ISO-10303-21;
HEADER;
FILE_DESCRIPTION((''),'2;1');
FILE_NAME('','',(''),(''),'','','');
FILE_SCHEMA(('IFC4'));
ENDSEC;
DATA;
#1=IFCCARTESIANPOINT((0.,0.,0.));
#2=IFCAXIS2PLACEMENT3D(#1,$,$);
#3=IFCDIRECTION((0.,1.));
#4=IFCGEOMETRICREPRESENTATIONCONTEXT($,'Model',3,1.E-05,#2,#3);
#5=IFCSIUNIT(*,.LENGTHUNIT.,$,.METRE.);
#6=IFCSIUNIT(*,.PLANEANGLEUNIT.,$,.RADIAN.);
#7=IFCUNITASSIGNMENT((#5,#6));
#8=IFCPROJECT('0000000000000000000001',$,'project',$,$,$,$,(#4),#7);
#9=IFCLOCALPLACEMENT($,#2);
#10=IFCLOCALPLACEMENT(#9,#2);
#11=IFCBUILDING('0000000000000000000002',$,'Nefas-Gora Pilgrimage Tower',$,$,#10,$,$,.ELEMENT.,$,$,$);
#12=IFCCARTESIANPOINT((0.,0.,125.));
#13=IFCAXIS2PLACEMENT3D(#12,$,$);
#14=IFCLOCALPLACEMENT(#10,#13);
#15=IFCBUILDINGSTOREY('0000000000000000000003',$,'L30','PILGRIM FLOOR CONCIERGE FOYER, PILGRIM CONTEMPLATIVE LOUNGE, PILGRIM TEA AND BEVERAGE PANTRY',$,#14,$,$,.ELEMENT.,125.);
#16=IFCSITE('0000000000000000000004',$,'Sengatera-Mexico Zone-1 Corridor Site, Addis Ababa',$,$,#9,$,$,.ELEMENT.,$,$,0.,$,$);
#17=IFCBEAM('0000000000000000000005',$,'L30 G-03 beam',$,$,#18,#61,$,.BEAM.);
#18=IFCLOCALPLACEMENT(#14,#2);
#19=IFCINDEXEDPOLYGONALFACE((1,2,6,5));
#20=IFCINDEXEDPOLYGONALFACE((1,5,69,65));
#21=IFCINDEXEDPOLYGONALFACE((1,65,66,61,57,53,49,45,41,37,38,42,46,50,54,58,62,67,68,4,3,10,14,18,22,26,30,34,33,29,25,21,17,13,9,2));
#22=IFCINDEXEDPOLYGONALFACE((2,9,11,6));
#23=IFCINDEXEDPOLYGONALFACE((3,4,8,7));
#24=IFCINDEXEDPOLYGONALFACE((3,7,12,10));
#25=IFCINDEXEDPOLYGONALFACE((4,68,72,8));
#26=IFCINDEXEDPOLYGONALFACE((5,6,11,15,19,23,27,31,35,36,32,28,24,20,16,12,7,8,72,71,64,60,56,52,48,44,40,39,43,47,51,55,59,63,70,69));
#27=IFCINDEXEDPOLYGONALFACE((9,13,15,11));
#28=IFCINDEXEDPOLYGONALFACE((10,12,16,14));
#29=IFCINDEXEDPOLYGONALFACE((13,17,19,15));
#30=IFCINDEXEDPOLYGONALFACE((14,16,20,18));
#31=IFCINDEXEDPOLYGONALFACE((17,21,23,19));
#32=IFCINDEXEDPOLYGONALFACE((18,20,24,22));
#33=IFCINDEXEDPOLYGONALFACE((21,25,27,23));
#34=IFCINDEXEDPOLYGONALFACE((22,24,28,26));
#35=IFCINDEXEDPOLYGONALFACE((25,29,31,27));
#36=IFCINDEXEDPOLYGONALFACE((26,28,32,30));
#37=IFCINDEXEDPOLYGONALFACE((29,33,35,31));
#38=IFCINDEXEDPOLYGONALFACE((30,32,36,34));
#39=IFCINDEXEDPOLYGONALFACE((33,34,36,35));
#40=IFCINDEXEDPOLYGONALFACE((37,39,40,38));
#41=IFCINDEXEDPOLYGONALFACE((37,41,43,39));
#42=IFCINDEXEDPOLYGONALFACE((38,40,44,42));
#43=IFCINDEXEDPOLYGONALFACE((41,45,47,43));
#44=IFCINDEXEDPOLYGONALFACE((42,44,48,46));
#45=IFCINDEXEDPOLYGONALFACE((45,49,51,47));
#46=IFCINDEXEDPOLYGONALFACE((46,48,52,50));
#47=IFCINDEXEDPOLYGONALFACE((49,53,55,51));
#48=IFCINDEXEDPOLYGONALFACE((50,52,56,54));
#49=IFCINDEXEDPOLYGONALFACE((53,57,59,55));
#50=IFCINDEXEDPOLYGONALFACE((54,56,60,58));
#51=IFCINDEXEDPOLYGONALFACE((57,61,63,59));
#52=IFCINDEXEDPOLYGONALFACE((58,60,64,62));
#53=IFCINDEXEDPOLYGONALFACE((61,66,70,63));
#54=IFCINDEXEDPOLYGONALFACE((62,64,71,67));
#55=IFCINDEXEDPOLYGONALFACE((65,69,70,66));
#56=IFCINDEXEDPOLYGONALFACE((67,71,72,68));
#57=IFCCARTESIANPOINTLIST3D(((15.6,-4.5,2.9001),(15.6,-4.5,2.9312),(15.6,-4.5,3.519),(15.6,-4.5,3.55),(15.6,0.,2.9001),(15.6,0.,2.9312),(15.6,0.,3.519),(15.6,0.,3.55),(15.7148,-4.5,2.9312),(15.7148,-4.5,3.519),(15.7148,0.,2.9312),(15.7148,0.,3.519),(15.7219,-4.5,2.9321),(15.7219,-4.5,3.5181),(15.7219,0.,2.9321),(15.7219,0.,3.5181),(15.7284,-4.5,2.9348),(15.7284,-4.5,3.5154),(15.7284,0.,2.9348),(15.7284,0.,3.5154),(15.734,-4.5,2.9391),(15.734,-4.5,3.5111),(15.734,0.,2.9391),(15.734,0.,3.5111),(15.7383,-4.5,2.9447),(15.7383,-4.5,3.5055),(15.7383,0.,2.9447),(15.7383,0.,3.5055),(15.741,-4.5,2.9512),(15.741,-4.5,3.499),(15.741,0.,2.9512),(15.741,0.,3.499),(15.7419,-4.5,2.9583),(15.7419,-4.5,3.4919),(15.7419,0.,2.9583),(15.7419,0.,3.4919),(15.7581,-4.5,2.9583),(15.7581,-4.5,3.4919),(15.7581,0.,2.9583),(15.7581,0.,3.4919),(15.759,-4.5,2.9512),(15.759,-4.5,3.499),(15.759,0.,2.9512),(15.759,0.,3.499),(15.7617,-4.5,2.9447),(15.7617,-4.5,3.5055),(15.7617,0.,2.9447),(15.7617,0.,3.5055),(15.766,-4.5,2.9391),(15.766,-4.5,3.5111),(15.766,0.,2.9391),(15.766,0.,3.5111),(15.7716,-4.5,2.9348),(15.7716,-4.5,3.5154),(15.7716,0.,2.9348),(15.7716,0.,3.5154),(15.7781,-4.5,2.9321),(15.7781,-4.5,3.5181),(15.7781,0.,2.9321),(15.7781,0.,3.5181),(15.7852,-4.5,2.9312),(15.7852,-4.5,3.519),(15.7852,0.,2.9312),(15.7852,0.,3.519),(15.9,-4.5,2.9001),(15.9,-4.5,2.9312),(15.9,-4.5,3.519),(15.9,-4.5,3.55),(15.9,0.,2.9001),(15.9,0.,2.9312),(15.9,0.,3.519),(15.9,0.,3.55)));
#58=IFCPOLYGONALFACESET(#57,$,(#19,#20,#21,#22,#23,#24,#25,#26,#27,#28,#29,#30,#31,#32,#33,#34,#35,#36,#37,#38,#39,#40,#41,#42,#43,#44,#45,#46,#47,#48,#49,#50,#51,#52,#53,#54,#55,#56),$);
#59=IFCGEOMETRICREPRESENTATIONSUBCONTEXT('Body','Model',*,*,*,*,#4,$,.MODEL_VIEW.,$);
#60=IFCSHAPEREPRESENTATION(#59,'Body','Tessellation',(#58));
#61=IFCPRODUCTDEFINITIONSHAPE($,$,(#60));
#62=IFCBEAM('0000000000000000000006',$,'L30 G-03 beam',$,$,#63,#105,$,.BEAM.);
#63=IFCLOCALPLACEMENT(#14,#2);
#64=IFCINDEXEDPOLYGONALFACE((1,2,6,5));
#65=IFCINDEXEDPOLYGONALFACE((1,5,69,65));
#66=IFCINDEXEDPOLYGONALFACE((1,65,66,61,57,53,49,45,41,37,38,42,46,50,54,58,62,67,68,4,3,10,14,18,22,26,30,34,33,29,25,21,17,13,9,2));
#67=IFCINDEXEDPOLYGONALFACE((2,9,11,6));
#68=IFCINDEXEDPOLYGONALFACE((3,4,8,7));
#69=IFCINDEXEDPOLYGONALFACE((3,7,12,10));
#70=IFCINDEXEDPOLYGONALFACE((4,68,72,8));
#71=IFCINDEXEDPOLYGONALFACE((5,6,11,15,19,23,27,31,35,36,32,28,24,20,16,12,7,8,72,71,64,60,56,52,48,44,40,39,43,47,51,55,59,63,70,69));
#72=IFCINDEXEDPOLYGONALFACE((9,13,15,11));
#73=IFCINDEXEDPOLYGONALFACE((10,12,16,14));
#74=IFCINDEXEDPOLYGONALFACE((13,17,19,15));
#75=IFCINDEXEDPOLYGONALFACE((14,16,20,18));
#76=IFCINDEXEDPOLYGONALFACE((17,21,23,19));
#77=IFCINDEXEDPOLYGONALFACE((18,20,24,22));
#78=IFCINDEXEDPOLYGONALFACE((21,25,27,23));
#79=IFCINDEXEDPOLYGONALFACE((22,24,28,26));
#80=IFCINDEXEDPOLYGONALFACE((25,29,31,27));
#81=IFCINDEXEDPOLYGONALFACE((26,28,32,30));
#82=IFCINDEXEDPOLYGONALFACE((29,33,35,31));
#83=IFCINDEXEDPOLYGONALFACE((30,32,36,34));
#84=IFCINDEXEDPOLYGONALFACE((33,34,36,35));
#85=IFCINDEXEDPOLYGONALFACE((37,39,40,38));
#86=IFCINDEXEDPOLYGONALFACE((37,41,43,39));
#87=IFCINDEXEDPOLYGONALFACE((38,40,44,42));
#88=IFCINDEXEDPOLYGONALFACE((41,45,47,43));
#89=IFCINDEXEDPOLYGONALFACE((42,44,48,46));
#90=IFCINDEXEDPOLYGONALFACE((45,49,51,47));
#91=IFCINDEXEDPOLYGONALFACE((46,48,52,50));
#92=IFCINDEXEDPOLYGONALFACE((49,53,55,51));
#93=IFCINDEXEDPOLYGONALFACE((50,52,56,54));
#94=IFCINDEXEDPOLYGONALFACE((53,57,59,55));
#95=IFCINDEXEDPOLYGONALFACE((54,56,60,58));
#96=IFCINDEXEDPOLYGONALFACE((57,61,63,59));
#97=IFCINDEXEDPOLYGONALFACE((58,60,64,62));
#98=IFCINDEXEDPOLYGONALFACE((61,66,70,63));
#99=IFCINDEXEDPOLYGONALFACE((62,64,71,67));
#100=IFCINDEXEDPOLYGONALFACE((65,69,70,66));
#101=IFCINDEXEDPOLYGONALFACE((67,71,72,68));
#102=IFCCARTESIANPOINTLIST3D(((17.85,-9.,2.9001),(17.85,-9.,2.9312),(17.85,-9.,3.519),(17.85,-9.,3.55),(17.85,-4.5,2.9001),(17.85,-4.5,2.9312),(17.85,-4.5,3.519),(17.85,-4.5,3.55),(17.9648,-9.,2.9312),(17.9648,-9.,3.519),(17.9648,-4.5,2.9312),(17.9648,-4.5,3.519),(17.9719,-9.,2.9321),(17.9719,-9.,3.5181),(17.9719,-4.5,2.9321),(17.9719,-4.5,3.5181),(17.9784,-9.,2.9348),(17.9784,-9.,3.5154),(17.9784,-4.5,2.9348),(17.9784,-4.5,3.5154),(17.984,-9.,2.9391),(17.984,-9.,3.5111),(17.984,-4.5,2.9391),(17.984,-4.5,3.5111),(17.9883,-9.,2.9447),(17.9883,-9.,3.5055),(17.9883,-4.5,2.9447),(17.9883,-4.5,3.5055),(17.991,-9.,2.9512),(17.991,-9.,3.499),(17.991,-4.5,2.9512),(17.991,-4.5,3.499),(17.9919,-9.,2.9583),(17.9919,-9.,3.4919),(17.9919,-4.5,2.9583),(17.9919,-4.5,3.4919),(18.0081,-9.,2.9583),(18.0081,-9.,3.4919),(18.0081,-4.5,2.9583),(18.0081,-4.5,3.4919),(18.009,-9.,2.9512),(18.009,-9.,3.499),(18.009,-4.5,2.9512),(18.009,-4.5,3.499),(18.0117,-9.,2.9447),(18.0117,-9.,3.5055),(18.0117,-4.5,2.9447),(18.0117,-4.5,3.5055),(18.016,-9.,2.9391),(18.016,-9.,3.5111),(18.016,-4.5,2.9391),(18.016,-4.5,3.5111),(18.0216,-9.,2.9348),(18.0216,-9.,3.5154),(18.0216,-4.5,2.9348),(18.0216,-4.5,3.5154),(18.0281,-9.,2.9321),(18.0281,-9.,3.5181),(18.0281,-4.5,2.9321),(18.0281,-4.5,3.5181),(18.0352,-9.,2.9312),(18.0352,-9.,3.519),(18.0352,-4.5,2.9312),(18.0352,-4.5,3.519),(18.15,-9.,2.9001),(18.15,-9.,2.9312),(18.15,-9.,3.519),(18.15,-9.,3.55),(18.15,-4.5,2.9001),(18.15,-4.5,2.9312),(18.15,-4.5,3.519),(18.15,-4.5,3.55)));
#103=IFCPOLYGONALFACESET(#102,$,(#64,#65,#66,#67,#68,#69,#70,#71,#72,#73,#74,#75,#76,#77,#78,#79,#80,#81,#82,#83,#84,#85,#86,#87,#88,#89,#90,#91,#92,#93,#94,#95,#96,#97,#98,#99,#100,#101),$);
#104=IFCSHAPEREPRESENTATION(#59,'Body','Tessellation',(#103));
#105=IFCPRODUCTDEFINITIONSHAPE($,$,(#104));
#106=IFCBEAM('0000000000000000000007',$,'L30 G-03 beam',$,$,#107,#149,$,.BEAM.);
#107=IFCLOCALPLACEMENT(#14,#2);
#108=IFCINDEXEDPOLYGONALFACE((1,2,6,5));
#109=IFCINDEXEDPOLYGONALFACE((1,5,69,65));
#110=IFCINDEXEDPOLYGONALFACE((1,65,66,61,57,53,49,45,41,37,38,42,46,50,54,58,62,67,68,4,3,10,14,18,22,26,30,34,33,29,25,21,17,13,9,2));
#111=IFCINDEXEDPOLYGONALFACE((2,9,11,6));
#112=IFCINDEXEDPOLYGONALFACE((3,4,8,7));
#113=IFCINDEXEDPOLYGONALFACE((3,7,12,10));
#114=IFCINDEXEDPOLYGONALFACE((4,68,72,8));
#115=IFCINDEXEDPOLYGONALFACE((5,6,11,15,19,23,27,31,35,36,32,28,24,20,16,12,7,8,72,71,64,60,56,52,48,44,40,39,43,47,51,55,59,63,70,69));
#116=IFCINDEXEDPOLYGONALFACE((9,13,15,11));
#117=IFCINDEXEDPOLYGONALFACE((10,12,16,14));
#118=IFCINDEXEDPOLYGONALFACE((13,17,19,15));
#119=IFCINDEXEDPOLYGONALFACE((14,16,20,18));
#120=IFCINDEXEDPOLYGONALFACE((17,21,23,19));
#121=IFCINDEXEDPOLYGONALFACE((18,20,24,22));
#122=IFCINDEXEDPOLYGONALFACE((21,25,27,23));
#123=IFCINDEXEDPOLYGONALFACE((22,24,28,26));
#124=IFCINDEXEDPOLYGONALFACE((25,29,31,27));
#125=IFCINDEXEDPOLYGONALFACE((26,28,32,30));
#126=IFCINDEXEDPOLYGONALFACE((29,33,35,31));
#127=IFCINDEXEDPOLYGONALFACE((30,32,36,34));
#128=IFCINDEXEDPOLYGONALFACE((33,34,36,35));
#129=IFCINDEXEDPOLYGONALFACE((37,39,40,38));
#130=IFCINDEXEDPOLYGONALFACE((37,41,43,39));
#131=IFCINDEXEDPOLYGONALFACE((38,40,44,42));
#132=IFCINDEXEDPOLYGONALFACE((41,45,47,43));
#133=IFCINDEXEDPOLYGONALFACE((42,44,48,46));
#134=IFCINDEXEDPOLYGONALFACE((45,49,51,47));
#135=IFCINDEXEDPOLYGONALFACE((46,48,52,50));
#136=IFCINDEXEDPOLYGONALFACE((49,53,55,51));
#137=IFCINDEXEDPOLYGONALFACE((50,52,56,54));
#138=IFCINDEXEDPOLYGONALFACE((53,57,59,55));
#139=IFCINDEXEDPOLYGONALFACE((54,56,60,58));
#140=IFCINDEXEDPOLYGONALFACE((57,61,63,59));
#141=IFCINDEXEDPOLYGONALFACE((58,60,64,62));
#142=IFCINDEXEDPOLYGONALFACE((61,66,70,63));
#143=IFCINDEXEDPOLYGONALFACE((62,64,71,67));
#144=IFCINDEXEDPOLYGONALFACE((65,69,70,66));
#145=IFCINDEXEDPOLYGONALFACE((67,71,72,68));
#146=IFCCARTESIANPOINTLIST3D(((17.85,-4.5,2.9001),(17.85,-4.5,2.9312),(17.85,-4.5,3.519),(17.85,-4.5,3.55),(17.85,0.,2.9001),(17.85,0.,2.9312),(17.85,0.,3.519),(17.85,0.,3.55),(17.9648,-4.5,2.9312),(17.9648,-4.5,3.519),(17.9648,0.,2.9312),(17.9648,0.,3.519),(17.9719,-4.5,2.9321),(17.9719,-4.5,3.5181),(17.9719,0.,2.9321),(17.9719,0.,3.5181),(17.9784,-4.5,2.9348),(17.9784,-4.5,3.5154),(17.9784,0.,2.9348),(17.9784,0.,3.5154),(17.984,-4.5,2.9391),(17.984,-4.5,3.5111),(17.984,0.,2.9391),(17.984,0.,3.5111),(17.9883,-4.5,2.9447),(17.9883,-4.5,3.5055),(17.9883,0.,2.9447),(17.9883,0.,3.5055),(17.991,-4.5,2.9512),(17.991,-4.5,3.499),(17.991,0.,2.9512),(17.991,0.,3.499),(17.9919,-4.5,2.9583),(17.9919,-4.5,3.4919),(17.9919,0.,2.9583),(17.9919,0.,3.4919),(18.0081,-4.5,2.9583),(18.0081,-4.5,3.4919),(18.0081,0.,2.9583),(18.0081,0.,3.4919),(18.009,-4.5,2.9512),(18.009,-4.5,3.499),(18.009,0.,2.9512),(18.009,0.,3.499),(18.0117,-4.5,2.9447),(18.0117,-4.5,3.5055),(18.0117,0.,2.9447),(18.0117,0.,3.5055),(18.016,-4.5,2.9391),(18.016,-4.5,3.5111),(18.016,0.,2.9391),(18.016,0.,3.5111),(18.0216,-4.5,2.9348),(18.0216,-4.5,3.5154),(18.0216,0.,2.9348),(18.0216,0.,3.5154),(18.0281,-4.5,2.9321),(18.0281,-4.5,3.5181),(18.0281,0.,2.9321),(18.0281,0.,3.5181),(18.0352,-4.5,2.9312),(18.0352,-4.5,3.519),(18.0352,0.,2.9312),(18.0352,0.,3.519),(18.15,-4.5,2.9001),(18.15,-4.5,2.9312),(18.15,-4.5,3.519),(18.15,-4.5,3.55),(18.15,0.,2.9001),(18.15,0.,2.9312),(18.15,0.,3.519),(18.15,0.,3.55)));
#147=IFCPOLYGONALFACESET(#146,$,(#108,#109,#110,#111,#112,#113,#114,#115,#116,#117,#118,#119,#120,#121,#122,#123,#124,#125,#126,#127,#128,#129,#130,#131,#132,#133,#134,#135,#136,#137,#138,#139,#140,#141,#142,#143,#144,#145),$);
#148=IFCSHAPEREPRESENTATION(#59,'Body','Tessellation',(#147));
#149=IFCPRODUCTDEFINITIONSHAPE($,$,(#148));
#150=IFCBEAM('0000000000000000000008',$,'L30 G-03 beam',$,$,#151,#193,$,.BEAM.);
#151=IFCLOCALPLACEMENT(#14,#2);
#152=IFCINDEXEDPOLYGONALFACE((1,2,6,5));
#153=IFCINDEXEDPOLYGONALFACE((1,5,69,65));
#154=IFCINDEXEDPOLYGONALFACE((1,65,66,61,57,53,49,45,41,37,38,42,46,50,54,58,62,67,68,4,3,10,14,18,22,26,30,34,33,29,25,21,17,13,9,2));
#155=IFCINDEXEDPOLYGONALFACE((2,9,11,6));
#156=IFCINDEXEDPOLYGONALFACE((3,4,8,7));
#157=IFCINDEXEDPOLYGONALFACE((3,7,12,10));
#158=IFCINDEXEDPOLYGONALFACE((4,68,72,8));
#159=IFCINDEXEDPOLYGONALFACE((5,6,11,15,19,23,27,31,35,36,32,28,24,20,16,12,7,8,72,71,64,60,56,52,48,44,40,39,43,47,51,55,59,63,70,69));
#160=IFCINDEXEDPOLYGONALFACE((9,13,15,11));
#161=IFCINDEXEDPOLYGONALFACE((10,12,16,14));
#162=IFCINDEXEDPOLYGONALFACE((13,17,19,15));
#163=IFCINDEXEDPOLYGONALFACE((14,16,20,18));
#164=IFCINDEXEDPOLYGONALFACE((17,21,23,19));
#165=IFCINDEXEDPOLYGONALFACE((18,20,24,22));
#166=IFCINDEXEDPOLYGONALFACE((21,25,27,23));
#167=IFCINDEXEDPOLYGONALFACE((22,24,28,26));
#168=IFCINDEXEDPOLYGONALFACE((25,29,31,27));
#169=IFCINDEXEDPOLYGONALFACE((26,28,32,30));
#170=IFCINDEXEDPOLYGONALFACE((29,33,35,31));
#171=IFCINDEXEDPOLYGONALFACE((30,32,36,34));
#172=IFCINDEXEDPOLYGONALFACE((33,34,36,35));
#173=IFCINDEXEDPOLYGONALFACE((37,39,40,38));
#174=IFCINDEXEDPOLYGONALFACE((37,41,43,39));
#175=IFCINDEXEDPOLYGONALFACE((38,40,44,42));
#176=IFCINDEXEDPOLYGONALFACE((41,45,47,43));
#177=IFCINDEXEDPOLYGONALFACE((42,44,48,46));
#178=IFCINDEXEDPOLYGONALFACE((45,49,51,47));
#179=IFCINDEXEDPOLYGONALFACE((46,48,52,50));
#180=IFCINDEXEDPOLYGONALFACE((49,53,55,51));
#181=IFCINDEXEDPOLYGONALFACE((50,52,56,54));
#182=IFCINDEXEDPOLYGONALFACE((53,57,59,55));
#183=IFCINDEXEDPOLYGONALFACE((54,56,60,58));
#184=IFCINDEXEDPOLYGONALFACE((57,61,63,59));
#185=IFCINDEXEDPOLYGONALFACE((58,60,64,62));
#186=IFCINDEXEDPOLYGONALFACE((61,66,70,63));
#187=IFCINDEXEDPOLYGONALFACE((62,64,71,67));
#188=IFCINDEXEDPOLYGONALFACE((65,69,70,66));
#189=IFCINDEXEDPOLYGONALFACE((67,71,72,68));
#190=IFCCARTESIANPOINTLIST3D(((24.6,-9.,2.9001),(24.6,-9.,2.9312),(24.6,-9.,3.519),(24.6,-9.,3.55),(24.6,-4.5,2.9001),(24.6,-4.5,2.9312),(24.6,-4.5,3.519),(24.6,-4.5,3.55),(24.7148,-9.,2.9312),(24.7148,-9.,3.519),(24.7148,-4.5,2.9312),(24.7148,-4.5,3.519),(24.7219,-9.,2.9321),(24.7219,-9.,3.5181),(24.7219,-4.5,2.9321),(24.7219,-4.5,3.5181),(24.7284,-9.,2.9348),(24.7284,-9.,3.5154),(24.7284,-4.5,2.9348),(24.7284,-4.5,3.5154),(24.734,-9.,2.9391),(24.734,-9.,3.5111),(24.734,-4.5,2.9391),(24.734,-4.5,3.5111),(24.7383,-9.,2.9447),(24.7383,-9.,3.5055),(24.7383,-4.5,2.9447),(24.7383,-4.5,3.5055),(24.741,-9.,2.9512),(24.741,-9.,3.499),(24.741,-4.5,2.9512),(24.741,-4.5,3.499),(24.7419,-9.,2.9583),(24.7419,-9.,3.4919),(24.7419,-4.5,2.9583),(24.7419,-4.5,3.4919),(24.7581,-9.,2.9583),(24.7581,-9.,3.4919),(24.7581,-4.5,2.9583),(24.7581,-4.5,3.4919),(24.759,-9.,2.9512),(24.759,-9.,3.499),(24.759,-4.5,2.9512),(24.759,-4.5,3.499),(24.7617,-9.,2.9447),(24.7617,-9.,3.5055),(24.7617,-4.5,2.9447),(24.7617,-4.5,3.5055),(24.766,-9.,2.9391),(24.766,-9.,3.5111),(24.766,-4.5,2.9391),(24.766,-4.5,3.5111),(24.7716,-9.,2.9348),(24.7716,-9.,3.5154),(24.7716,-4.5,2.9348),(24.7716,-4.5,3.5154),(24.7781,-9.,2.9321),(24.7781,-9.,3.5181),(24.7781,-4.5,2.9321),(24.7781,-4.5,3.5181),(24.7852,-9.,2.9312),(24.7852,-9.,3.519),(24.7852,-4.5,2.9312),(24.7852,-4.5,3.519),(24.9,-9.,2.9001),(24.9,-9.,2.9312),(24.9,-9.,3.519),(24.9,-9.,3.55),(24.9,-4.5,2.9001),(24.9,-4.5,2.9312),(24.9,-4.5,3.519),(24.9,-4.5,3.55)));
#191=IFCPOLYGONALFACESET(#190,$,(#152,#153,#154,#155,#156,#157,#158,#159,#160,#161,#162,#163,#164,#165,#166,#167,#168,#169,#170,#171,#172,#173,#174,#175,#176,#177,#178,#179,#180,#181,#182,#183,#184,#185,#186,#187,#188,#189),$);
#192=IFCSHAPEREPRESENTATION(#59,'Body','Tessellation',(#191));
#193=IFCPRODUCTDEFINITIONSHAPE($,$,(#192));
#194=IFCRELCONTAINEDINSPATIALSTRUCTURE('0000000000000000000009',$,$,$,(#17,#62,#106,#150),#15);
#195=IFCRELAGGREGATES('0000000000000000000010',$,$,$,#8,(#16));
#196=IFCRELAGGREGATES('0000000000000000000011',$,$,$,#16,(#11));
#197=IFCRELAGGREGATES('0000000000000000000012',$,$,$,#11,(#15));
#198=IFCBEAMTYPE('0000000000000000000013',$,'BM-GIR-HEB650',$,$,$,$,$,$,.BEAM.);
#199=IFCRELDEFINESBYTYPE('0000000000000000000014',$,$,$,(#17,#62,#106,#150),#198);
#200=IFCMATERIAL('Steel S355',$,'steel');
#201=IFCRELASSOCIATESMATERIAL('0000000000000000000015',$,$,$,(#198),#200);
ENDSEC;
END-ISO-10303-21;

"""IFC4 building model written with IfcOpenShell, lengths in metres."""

from ifc_helpers import new_model, si_unit, direction, frame, origin, origin_2d, place, context, subcontext, project, spatial, i_section, extrude, source, transform, mapped, material, material_profile, profile_set, type_object, element, save


model = new_model("IFC4")

# Units and contexts
model_context = context("Model", 3, precision=1e-05, world=origin(), true_north=direction((0.0, 1.0)))
body_context = subcontext(model_context, "Body", "Model", "MODEL_VIEW")
ifc_project = project(units=[si_unit("LENGTHUNIT", "METRE"), si_unit("PLANEANGLEUNIT", "RADIAN")], contexts=[model_context])

# Site, building, storey
site_placement = place(None, origin())
site = spatial("IfcSite", under=ifc_project, at=site_placement, Name="Sengatera-Mexico Zone-1 Corridor Site, Addis Ababa", CompositionType="ELEMENT", RefElevation=0.0)
building_placement = place(site_placement, origin())
building = spatial("IfcBuilding", under=site, at=building_placement, Name="Nefas-Gora Pilgrimage Tower", CompositionType="ELEMENT")
storey_placement = place(building_placement, frame((0.0, 0.0, 125.0)))
storey = spatial("IfcBuildingStorey", under=building, at=storey_placement, Name="L30", Description="PILGRIM FLOOR CONCIERGE FOYER, PILGRIM CONTEMPLATIVE LOUNGE, PILGRIM TEA AND BEVERAGE PANTRY", CompositionType="ELEMENT", Elevation=125.0)

# Beams
ifc_material_1 = material(Name="Steel S355", Category="steel")
ifc_material_profile_1 = material_profile(ifc_material_1, i_section(OverallWidth=0.3, OverallDepth=0.6499, WebThickness=0.0161, FlangeThickness=0.031, FilletRadius=0.0271, at=origin_2d()), Name="HEB 650")
ifc_profile_set_1 = profile_set([ifc_material_profile_1], Name="Steel S355")
beam_type_1 = type_object("IfcBeamType", Name="BM-GIR-HEB650", PredefinedType="BEAM", material=ifc_profile_set_1)
shared_shape_1 = source(origin(), body_context, "Body", "SweptSolid", [
    extrude(i_section(OverallWidth=0.3, OverallDepth=0.6499, WebThickness=0.0161, FlangeThickness=0.031, FilletRadius=0.0271, at=origin_2d()), origin(), (0.0, 0.0, 1.0), 4.5),
])
for number, where, z_axis, x_axis, name in (
    (1, (15.75, -4.5, 3.2251), (0.0, 1.0, 0.0), (-1.0, 0.0, 0.0), "L30 G-03 beam"),
    (2, (18.0, -9.0, 3.2251), (0.0, 1.0, 0.0), (-1.0, 0.0, 0.0), "L30 G-03 beam"),
    (3, (18.0, -4.5, 3.2251), (0.0, 1.0, 0.0), (-1.0, 0.0, 0.0), "L30 G-03 beam"),
    (4, (24.75, -9.0, 3.2251), (0.0, 1.0, 0.0), (-1.0, 0.0, 0.0), "L30 G-03 beam"),
):
    element("IfcBeam", number, at=place(storey_placement, frame(where, z_axis=z_axis, x_axis=x_axis)), inside=storey, type_object=beam_type_1, Name=name, PredefinedType="BEAM", context=body_context, shape_type="MappedRepresentation", body=[
        mapped(shared_shape_1, transform((0.0, 0.0, 0.0), x_axis=(1.0, 0.0, 0.0), y_axis=(0.0, 1.0, 0.0), z_axis=(0.0, 0.0, 1.0), scale=1.0)),
    ])

save(model, "model.ifc")
